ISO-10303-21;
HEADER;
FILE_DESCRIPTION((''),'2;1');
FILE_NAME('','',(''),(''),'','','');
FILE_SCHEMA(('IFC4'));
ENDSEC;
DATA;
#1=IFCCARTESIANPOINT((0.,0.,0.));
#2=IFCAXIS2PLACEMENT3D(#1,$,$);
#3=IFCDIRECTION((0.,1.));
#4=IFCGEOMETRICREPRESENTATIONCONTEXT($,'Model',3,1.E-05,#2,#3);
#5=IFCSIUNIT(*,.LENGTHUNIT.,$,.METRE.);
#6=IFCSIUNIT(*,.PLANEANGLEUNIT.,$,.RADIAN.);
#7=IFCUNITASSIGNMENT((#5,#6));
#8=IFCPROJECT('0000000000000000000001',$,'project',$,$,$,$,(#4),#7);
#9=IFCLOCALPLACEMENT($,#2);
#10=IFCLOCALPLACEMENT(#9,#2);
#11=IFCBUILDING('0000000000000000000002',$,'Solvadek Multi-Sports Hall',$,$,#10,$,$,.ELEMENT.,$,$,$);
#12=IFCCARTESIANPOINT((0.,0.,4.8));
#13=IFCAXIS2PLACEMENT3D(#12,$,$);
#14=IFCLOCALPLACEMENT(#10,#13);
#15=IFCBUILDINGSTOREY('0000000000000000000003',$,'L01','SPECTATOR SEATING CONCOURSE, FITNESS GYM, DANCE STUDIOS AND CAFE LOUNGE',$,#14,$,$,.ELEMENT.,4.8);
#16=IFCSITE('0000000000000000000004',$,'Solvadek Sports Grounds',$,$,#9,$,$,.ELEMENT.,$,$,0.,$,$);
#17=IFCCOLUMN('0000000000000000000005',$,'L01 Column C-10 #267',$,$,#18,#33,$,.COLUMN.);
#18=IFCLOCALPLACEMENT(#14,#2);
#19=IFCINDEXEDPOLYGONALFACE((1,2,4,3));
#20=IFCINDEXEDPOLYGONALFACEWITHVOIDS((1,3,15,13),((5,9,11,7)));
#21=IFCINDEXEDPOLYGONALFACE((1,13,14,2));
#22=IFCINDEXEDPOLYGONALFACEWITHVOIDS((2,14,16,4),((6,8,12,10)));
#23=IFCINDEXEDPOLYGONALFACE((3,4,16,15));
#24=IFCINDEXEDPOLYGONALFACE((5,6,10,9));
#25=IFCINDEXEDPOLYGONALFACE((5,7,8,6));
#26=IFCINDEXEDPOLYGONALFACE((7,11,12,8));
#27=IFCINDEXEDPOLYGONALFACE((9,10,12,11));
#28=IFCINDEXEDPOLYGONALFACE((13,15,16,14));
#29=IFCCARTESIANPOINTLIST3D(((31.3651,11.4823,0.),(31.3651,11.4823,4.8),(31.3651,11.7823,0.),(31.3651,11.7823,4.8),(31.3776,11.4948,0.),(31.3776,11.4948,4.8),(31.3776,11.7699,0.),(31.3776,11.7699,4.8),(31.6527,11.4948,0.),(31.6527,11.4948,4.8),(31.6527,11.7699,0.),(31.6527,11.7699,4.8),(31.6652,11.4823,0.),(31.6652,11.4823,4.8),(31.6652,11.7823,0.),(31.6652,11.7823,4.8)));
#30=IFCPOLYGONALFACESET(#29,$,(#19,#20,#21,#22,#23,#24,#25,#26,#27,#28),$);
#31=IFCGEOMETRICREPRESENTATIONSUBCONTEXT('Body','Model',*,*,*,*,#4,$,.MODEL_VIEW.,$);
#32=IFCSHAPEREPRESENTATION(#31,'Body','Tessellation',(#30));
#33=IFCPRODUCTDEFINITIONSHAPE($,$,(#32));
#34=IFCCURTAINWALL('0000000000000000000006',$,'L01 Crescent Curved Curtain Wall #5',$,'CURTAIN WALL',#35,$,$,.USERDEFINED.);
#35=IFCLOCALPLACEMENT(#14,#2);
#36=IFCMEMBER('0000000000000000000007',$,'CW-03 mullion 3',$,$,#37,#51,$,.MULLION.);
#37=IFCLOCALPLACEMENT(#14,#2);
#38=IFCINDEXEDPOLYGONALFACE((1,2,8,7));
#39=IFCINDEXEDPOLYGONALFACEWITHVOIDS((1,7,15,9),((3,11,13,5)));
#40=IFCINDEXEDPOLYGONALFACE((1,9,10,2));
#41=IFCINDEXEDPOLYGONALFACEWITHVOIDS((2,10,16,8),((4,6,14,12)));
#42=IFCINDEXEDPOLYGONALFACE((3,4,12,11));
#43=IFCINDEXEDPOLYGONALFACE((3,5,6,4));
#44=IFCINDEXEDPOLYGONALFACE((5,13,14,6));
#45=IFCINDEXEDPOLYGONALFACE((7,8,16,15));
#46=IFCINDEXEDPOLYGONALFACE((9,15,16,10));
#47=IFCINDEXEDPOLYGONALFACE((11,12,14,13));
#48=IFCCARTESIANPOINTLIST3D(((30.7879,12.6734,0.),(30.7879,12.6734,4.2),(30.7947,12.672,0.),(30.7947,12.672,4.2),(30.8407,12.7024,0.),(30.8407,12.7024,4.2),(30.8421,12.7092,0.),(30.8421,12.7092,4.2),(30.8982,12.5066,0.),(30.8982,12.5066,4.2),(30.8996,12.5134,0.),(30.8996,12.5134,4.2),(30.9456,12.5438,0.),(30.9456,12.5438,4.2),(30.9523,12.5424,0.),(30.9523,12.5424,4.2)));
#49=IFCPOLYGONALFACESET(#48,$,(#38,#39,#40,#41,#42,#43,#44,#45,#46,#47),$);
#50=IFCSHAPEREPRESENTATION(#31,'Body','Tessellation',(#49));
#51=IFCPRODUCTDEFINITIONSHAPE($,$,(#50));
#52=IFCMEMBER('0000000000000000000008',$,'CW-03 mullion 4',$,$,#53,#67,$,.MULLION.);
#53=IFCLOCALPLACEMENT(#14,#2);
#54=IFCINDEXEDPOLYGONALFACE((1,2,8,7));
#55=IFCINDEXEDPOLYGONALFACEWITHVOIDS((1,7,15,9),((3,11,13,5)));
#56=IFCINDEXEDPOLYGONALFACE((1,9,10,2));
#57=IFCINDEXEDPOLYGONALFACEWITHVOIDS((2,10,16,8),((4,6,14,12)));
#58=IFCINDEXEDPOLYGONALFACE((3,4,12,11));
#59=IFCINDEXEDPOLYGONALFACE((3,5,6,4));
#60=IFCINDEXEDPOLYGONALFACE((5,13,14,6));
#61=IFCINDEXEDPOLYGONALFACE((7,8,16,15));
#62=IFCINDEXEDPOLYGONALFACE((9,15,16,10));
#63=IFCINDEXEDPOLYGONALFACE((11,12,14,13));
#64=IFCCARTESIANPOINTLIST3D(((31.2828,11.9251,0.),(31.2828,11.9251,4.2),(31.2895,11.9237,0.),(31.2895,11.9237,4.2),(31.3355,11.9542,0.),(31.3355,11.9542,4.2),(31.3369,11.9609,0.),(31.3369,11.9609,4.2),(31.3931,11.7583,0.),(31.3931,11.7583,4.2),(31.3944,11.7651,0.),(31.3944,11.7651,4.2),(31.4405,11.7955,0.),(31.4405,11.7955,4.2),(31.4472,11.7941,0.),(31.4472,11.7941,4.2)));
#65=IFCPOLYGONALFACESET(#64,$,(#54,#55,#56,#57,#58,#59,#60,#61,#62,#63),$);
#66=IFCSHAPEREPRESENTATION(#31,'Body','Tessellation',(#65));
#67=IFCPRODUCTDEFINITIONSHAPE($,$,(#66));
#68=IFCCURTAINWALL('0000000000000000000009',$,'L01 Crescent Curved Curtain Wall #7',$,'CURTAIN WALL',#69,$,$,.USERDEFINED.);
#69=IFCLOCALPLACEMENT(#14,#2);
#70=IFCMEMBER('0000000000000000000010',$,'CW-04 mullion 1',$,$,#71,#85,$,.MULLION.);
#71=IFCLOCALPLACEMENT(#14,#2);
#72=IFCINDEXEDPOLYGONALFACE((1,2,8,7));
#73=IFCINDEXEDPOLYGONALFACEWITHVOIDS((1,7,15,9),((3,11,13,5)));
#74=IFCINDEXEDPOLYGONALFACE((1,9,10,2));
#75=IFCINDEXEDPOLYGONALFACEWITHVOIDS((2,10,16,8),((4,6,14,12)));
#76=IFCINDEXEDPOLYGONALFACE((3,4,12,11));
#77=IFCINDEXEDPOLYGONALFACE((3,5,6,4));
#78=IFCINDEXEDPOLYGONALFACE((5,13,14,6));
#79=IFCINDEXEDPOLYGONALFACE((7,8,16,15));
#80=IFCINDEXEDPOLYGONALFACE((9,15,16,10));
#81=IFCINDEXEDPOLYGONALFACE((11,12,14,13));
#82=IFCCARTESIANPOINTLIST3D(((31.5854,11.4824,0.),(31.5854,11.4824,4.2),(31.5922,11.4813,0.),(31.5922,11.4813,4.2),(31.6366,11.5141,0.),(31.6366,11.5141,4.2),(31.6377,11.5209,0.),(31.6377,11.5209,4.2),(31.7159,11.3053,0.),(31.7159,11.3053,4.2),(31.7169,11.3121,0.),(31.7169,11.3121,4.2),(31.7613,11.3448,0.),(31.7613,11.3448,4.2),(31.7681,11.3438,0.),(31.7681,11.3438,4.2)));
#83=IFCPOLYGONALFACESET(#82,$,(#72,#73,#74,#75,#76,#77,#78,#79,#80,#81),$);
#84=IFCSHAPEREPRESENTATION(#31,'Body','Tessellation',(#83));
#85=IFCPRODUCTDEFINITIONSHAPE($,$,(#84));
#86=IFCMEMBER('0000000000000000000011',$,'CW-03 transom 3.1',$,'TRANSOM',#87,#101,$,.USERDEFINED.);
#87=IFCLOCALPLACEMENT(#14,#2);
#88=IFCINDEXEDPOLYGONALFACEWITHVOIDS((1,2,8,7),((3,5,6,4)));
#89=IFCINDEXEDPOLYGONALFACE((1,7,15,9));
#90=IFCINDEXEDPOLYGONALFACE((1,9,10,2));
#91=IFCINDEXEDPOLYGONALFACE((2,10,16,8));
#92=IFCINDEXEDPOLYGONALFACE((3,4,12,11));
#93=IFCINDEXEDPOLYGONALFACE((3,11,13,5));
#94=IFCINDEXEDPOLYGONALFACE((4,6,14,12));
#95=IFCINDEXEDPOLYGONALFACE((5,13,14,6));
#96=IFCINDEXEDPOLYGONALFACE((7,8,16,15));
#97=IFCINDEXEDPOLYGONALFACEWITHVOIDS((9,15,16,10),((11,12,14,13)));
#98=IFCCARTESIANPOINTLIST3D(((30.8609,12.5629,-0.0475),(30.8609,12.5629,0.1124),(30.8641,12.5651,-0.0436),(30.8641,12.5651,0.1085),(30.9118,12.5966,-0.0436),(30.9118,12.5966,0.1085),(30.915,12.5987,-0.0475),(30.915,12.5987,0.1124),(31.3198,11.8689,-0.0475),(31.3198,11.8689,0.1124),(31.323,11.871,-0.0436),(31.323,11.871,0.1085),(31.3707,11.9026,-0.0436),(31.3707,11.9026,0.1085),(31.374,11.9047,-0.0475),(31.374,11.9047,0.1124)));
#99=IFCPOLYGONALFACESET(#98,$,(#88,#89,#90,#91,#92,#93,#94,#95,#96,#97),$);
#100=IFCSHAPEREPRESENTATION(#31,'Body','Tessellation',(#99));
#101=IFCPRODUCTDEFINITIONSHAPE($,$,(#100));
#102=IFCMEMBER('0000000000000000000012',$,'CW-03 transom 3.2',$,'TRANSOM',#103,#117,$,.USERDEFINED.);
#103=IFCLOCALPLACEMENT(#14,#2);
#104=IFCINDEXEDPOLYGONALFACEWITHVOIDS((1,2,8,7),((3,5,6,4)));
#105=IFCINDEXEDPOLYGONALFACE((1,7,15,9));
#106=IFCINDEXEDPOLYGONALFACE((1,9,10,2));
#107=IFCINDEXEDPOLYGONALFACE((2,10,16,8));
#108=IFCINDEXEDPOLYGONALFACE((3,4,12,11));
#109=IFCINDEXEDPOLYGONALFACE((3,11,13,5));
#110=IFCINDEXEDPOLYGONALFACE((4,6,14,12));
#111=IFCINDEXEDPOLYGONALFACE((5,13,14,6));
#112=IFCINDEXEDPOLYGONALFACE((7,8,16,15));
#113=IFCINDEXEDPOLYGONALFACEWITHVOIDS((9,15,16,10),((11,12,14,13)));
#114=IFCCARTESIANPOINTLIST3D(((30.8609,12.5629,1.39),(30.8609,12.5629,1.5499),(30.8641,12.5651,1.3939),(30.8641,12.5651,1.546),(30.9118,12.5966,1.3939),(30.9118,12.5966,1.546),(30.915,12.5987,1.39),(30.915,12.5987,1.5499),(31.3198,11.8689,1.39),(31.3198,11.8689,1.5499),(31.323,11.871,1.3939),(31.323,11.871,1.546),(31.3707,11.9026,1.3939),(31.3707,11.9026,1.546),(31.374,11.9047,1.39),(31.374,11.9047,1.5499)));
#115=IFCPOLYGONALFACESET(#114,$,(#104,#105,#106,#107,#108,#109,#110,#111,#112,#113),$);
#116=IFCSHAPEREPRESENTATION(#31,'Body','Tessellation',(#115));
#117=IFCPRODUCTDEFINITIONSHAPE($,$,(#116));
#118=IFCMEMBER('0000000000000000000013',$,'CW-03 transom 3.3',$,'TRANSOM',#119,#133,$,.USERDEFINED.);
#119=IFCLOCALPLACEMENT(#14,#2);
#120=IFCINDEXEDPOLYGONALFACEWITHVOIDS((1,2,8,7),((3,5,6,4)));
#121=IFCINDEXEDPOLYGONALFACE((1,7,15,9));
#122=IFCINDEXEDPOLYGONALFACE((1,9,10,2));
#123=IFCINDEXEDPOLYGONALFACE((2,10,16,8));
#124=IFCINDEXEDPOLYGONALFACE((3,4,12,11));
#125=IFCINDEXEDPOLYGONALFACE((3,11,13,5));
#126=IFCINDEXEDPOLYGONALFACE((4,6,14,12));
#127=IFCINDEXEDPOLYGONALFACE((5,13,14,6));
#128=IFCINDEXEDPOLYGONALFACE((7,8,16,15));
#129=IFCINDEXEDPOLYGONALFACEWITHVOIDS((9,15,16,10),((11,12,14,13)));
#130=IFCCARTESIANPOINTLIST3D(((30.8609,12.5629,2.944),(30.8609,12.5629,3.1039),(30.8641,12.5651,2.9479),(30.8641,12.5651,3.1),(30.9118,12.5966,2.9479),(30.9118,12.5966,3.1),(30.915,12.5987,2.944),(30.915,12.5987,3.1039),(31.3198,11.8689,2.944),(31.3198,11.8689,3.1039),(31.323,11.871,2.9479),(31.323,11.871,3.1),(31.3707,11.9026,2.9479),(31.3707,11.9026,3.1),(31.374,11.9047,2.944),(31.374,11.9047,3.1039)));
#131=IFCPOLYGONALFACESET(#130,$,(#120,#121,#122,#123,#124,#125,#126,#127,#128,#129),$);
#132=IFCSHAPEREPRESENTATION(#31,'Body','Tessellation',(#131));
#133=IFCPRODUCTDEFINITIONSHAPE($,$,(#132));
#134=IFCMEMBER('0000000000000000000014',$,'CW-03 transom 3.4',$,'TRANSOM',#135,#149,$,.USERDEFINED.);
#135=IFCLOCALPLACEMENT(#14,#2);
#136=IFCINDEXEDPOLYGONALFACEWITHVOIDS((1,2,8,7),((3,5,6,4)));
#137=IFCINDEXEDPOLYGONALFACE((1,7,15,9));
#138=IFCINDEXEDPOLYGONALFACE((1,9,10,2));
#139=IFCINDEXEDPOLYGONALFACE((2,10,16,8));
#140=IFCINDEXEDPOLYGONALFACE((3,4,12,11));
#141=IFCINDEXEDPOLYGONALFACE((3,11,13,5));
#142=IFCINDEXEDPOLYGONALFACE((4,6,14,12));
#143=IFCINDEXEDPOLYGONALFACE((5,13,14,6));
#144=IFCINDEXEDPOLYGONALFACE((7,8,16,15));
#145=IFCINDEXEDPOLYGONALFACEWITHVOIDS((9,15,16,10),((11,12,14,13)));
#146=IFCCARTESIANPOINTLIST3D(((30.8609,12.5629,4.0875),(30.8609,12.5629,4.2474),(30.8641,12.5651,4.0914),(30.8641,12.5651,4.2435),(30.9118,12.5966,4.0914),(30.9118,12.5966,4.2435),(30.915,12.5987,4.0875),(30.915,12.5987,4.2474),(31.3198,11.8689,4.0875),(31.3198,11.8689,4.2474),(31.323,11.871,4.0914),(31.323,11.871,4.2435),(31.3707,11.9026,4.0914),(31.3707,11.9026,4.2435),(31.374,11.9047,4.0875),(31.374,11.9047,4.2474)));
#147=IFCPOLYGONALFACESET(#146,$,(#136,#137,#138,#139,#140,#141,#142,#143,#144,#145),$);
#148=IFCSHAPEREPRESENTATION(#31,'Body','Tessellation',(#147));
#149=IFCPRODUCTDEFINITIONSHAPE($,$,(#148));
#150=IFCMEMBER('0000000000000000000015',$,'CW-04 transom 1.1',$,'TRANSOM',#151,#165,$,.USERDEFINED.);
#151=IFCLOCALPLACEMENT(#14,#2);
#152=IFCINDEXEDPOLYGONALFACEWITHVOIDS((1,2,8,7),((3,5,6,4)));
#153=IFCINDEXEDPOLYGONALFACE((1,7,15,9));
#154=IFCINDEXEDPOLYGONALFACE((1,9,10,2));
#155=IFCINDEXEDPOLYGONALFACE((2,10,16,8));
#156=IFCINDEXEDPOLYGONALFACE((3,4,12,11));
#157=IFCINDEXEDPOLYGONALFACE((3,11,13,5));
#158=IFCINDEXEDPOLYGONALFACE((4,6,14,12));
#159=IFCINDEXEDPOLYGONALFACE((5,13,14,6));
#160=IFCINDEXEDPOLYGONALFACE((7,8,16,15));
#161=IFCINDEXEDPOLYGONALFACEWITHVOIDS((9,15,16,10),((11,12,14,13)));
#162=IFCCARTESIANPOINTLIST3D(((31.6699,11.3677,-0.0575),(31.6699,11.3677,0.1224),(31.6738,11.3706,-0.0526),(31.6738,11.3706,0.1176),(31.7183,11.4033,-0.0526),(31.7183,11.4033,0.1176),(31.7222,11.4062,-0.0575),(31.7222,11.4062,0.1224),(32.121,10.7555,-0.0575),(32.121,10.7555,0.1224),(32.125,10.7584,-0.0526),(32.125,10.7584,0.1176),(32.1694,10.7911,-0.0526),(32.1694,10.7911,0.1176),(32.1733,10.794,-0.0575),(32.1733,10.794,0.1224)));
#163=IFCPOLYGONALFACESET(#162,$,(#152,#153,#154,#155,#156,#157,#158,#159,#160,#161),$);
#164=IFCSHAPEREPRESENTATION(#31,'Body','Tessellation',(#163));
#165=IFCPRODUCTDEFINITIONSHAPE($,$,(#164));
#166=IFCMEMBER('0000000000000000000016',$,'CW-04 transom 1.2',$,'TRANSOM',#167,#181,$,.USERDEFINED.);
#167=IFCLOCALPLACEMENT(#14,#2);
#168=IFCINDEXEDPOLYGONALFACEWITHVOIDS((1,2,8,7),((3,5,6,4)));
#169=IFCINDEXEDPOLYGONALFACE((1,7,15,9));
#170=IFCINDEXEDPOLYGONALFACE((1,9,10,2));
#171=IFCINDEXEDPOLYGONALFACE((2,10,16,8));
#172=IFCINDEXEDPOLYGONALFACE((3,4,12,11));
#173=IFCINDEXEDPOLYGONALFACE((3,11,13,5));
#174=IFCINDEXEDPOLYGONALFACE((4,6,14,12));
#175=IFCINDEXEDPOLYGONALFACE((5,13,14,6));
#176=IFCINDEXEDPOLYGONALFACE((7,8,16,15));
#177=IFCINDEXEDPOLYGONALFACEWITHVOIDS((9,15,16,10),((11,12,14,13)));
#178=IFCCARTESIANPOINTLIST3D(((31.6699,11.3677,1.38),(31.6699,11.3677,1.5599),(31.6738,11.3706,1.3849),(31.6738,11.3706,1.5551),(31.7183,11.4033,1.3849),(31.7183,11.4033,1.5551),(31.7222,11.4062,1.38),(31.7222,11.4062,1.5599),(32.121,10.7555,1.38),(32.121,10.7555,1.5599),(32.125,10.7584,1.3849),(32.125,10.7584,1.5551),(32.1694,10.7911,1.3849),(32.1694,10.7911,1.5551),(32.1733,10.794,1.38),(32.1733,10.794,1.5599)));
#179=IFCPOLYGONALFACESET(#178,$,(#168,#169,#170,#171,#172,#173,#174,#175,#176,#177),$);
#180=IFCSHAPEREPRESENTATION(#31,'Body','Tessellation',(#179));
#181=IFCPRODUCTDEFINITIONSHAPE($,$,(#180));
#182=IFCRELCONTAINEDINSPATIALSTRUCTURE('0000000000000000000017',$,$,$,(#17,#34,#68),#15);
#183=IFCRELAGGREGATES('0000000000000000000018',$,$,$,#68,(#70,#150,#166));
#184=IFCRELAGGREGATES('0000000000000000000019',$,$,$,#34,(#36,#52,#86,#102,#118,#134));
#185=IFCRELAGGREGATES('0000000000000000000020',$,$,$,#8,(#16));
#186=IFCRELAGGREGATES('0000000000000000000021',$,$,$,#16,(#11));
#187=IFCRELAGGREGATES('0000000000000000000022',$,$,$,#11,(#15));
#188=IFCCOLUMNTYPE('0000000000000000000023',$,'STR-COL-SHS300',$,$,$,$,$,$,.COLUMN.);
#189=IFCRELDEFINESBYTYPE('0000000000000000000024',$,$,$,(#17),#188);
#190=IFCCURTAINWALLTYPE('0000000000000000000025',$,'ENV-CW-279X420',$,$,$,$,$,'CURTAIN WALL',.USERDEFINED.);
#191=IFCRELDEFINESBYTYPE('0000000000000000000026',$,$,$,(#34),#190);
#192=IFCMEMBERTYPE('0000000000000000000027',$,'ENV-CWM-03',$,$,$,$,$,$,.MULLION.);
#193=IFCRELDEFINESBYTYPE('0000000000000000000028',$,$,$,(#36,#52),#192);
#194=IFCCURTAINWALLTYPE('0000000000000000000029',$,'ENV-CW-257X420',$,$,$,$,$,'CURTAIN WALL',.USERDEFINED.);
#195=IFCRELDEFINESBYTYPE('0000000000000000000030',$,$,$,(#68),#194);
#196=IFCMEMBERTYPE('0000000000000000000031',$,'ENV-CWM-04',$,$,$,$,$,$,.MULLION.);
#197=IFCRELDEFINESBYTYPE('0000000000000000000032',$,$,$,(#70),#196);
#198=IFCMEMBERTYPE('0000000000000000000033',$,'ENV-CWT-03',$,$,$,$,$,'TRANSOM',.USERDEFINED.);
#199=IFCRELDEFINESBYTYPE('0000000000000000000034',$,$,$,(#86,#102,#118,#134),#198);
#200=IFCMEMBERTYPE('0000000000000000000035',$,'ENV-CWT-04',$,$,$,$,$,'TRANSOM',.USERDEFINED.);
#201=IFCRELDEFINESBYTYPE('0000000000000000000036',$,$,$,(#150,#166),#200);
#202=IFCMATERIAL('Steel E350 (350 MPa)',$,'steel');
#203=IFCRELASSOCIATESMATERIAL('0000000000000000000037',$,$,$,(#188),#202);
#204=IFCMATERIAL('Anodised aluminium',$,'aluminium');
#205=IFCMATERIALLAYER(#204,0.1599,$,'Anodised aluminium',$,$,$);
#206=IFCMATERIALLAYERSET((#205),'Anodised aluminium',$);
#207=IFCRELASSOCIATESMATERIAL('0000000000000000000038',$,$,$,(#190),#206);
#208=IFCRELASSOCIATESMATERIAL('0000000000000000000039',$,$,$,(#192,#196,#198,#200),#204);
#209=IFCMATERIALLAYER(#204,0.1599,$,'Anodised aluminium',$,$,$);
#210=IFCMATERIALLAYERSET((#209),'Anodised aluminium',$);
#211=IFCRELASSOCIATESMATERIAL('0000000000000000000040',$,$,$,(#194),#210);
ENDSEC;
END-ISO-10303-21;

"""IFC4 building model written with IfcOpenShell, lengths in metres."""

from ifc_helpers import new_model, si_unit, direction, frame, origin, origin_2d, place, context, subcontext, project, spatial, hollow_rectangle, extrude, material, layer, layer_set, material_profile, profile_set, type_object, element, aggregate, save


model = new_model("IFC4")

# Units and contexts
model_context = context("Model", 3, precision=1e-05, world=origin(), true_north=direction((0.0, 1.0)))
body_context = subcontext(model_context, "Body", "Model", "MODEL_VIEW")
ifc_project = project(units=[si_unit("LENGTHUNIT", "METRE"), si_unit("PLANEANGLEUNIT", "RADIAN")], contexts=[model_context])

# Site, building, storey
site_placement = place(None, origin())
site = spatial("IfcSite", under=ifc_project, at=site_placement, Name="Solvadek Sports Grounds", CompositionType="ELEMENT", RefElevation=0.0)
building_placement = place(site_placement, origin())
building = spatial("IfcBuilding", under=site, at=building_placement, Name="Solvadek Multi-Sports Hall", CompositionType="ELEMENT")
storey_placement = place(building_placement, frame((0.0, 0.0, 4.8)))
storey = spatial("IfcBuildingStorey", under=building, at=storey_placement, Name="L01", Description="SPECTATOR SEATING CONCOURSE, FITNESS GYM, DANCE STUDIOS AND CAFE LOUNGE", CompositionType="ELEMENT", Elevation=4.8)

# Column
ifc_material_1 = material(Name="Steel E350 (350 MPa)", Category="steel")
ifc_material_profile_1 = material_profile(ifc_material_1, hollow_rectangle(XDim=0.3, YDim=0.3, WallThickness=0.0125, at=origin_2d()), Name="SHS 300x300x12.5")
ifc_profile_set_1 = profile_set([ifc_material_profile_1], Name="Steel E350 (350 MPa)")
column_type = type_object("IfcColumnType", Name="STR-COL-SHS300", PredefinedType="COLUMN", material=ifc_profile_set_1)
column_placement = place(storey_placement, frame((31.5151, 11.6323, 0.0), z_axis=(0.0, 0.0, 1.0), x_axis=(1.0, 0.0, 0.0)))
element("IfcColumn", 1, at=column_placement, inside=storey, type_object=column_type, Name="L01 Column C-10 #267", PredefinedType="COLUMN", context=body_context, shape_type="SweptSolid", body=[
    extrude(hollow_rectangle(XDim=0.3, YDim=0.3, WallThickness=0.0125, at=origin_2d()), origin(), (0.0, 0.0, 1.0), 4.8),
])

# Curtain wall, members
ifc_material_2 = material(Name="Anodised aluminium", Category="aluminium")
ifc_layer_1 = layer(ifc_material_2, 0.1599, Name="Anodised aluminium")
ifc_layer_set_1 = layer_set([ifc_layer_1], Name="Anodised aluminium")
curtain_wall_type_1 = type_object("IfcCurtainWallType", Name="ENV-CW-279X420", ElementType="CURTAIN WALL", PredefinedType="USERDEFINED", material=ifc_layer_set_1)
curtain_wall_1_placement = place(storey_placement, origin())
curtain_wall_1 = element("IfcCurtainWall", 2, at=curtain_wall_1_placement, inside=storey, type_object=curtain_wall_type_1, Name="L01 Crescent Curved Curtain Wall #5", ObjectType="CURTAIN WALL", PredefinedType="USERDEFINED")
ifc_material_profile_2 = material_profile(ifc_material_2, hollow_rectangle(XDim=0.0649, YDim=0.2, WallThickness=0.0049, at=origin_2d()), Name="ALU-M 200x65x5")
ifc_profile_set_2 = profile_set([ifc_material_profile_2], Name="Anodised aluminium")
member_type_1 = type_object("IfcMemberType", Name="ENV-CWM-03", PredefinedType="MULLION", material=ifc_profile_set_2)
member_1_placement = place(storey_placement, frame((30.8701, 12.6079, 0.0), z_axis=(0.0, 0.0, 1.0), x_axis=(0.834097, 0.551617, 0.0)))
member_1 = element("IfcMember", 3, at=member_1_placement, type_object=member_type_1, Name="CW-03 mullion 3", PredefinedType="MULLION", context=body_context, shape_type="SweptSolid", body=[
    extrude(hollow_rectangle(XDim=0.0649, YDim=0.2, WallThickness=0.0049, at=origin_2d()), origin(), (0.0, 0.0, 1.0), 4.2),
])
member_2_placement = place(storey_placement, frame((31.365, 11.8596, 0.0), z_axis=(0.0, 0.0, 1.0), x_axis=(0.834097, 0.551617, 0.0)))
member_2 = element("IfcMember", 4, at=member_2_placement, type_object=member_type_1, Name="CW-03 mullion 4", PredefinedType="MULLION", context=body_context, shape_type="SweptSolid", body=[
    extrude(hollow_rectangle(XDim=0.0649, YDim=0.2, WallThickness=0.0049, at=origin_2d()), origin(), (0.0, 0.0, 1.0), 4.2),
])

# Curtain wall, member
ifc_layer_2 = layer(ifc_material_2, 0.1599, Name="Anodised aluminium")
ifc_layer_set_2 = layer_set([ifc_layer_2], Name="Anodised aluminium")
curtain_wall_type_2 = type_object("IfcCurtainWallType", Name="ENV-CW-257X420", ElementType="CURTAIN WALL", PredefinedType="USERDEFINED", material=ifc_layer_set_2)
curtain_wall_2_placement = place(storey_placement, origin())
curtain_wall_2 = element("IfcCurtainWall", 5, at=curtain_wall_2_placement, inside=storey, type_object=curtain_wall_type_2, Name="L01 Crescent Curved Curtain Wall #7", ObjectType="CURTAIN WALL", PredefinedType="USERDEFINED")
ifc_material_profile_3 = material_profile(ifc_material_2, hollow_rectangle(XDim=0.0649, YDim=0.22, WallThickness=0.0049, at=origin_2d()), Name="ALU-M 220x65x5")
ifc_profile_set_3 = profile_set([ifc_material_profile_3], Name="Anodised aluminium")
member_type_2 = type_object("IfcMemberType", Name="ENV-CWM-04", PredefinedType="MULLION", material=ifc_profile_set_3)
member_3_placement = place(storey_placement, frame((31.6768, 11.4131, 0.0), z_axis=(0.0, 0.0, 1.0), x_axis=(0.80509, 0.593153, 0.0)))
member_3 = element("IfcMember", 6, at=member_3_placement, type_object=member_type_2, Name="CW-04 mullion 1", PredefinedType="MULLION", context=body_context, shape_type="SweptSolid", body=[
    extrude(hollow_rectangle(XDim=0.0649, YDim=0.22, WallThickness=0.0049, at=origin_2d()), origin(), (0.0, 0.0, 1.0), 4.2),
])

# Members
ifc_material_profile_4 = material_profile(ifc_material_2, hollow_rectangle(XDim=0.0649, YDim=0.1599, WallThickness=0.0039, at=origin_2d()), Name="ALU-T 160x65x4")
ifc_profile_set_4 = profile_set([ifc_material_profile_4], Name="Anodised aluminium")
member_type_3 = type_object("IfcMemberType", Name="ENV-CWT-03", ElementType="TRANSOM", PredefinedType="USERDEFINED", material=ifc_profile_set_4)
member_4_placement = place(storey_placement, frame((30.8879, 12.5808, 0.0325), z_axis=(0.551582, -0.834121, 0.0), x_axis=(0.834121, 0.551582, 0.0)))
member_4 = element("IfcMember", 7, at=member_4_placement, type_object=member_type_3, Name="CW-03 transom 3.1", ObjectType="TRANSOM", PredefinedType="USERDEFINED", context=body_context, shape_type="SweptSolid", body=[
    extrude(hollow_rectangle(XDim=0.0649, YDim=0.1599, WallThickness=0.0039, at=origin_2d()), origin(), (0.0, 0.0, 1.0), 0.832),
])
member_5_placement = place(storey_placement, frame((30.8879, 12.5808, 1.47), z_axis=(0.551582, -0.834121, 0.0), x_axis=(0.834121, 0.551582, 0.0)))
member_5 = element("IfcMember", 8, at=member_5_placement, type_object=member_type_3, Name="CW-03 transom 3.2", ObjectType="TRANSOM", PredefinedType="USERDEFINED", context=body_context, shape_type="SweptSolid", body=[
    extrude(hollow_rectangle(XDim=0.0649, YDim=0.1599, WallThickness=0.0039, at=origin_2d()), origin(), (0.0, 0.0, 1.0), 0.832),
])
member_6_placement = place(storey_placement, frame((30.8879, 12.5808, 3.0239), z_axis=(0.551582, -0.834121, 0.0), x_axis=(0.834121, 0.551582, 0.0)))
member_6 = element("IfcMember", 9, at=member_6_placement, type_object=member_type_3, Name="CW-03 transom 3.3", ObjectType="TRANSOM", PredefinedType="USERDEFINED", context=body_context, shape_type="SweptSolid", body=[
    extrude(hollow_rectangle(XDim=0.0649, YDim=0.1599, WallThickness=0.0039, at=origin_2d()), origin(), (0.0, 0.0, 1.0), 0.832),
])
member_7_placement = place(storey_placement, frame((30.8879, 12.5808, 4.1675), z_axis=(0.551582, -0.834121, 0.0), x_axis=(0.834121, 0.551582, 0.0)))
member_7 = element("IfcMember", 10, at=member_7_placement, type_object=member_type_3, Name="CW-03 transom 3.4", ObjectType="TRANSOM", PredefinedType="USERDEFINED", context=body_context, shape_type="SweptSolid", body=[
    extrude(hollow_rectangle(XDim=0.0649, YDim=0.1599, WallThickness=0.0039, at=origin_2d()), origin(), (0.0, 0.0, 1.0), 0.832),
])
ifc_material_profile_5 = material_profile(ifc_material_2, hollow_rectangle(XDim=0.0649, YDim=0.1799, WallThickness=0.0049, at=origin_2d()), Name="ALU-T 180x65x5")
ifc_profile_set_5 = profile_set([ifc_material_profile_5], Name="Anodised aluminium")
member_type_4 = type_object("IfcMemberType", Name="ENV-CWT-04", ElementType="TRANSOM", PredefinedType="USERDEFINED", material=ifc_profile_set_5)
member_8_placement = place(storey_placement, frame((31.696, 11.387, 0.0325), z_axis=(0.593199, -0.805056, 0.0), x_axis=(0.805056, 0.593199, 0.0)))
member_8 = element("IfcMember", 11, at=member_8_placement, type_object=member_type_4, Name="CW-04 transom 1.1", ObjectType="TRANSOM", PredefinedType="USERDEFINED", context=body_context, shape_type="SweptSolid", body=[
    extrude(hollow_rectangle(XDim=0.0649, YDim=0.1799, WallThickness=0.0049, at=origin_2d()), origin(), (0.0, 0.0, 1.0), 0.7605),
])
member_9_placement = place(storey_placement, frame((31.696, 11.387, 1.47), z_axis=(0.593199, -0.805056, 0.0), x_axis=(0.805056, 0.593199, 0.0)))
member_9 = element("IfcMember", 12, at=member_9_placement, type_object=member_type_4, Name="CW-04 transom 1.2", ObjectType="TRANSOM", PredefinedType="USERDEFINED", context=body_context, shape_type="SweptSolid", body=[
    extrude(hollow_rectangle(XDim=0.0649, YDim=0.1799, WallThickness=0.0049, at=origin_2d()), origin(), (0.0, 0.0, 1.0), 0.7605),
])
aggregate(curtain_wall_2, [member_3, member_8, member_9])

aggregate(curtain_wall_1, [member_1, member_2, member_4, member_5, member_6, member_7])

save(model, "model.ifc")
